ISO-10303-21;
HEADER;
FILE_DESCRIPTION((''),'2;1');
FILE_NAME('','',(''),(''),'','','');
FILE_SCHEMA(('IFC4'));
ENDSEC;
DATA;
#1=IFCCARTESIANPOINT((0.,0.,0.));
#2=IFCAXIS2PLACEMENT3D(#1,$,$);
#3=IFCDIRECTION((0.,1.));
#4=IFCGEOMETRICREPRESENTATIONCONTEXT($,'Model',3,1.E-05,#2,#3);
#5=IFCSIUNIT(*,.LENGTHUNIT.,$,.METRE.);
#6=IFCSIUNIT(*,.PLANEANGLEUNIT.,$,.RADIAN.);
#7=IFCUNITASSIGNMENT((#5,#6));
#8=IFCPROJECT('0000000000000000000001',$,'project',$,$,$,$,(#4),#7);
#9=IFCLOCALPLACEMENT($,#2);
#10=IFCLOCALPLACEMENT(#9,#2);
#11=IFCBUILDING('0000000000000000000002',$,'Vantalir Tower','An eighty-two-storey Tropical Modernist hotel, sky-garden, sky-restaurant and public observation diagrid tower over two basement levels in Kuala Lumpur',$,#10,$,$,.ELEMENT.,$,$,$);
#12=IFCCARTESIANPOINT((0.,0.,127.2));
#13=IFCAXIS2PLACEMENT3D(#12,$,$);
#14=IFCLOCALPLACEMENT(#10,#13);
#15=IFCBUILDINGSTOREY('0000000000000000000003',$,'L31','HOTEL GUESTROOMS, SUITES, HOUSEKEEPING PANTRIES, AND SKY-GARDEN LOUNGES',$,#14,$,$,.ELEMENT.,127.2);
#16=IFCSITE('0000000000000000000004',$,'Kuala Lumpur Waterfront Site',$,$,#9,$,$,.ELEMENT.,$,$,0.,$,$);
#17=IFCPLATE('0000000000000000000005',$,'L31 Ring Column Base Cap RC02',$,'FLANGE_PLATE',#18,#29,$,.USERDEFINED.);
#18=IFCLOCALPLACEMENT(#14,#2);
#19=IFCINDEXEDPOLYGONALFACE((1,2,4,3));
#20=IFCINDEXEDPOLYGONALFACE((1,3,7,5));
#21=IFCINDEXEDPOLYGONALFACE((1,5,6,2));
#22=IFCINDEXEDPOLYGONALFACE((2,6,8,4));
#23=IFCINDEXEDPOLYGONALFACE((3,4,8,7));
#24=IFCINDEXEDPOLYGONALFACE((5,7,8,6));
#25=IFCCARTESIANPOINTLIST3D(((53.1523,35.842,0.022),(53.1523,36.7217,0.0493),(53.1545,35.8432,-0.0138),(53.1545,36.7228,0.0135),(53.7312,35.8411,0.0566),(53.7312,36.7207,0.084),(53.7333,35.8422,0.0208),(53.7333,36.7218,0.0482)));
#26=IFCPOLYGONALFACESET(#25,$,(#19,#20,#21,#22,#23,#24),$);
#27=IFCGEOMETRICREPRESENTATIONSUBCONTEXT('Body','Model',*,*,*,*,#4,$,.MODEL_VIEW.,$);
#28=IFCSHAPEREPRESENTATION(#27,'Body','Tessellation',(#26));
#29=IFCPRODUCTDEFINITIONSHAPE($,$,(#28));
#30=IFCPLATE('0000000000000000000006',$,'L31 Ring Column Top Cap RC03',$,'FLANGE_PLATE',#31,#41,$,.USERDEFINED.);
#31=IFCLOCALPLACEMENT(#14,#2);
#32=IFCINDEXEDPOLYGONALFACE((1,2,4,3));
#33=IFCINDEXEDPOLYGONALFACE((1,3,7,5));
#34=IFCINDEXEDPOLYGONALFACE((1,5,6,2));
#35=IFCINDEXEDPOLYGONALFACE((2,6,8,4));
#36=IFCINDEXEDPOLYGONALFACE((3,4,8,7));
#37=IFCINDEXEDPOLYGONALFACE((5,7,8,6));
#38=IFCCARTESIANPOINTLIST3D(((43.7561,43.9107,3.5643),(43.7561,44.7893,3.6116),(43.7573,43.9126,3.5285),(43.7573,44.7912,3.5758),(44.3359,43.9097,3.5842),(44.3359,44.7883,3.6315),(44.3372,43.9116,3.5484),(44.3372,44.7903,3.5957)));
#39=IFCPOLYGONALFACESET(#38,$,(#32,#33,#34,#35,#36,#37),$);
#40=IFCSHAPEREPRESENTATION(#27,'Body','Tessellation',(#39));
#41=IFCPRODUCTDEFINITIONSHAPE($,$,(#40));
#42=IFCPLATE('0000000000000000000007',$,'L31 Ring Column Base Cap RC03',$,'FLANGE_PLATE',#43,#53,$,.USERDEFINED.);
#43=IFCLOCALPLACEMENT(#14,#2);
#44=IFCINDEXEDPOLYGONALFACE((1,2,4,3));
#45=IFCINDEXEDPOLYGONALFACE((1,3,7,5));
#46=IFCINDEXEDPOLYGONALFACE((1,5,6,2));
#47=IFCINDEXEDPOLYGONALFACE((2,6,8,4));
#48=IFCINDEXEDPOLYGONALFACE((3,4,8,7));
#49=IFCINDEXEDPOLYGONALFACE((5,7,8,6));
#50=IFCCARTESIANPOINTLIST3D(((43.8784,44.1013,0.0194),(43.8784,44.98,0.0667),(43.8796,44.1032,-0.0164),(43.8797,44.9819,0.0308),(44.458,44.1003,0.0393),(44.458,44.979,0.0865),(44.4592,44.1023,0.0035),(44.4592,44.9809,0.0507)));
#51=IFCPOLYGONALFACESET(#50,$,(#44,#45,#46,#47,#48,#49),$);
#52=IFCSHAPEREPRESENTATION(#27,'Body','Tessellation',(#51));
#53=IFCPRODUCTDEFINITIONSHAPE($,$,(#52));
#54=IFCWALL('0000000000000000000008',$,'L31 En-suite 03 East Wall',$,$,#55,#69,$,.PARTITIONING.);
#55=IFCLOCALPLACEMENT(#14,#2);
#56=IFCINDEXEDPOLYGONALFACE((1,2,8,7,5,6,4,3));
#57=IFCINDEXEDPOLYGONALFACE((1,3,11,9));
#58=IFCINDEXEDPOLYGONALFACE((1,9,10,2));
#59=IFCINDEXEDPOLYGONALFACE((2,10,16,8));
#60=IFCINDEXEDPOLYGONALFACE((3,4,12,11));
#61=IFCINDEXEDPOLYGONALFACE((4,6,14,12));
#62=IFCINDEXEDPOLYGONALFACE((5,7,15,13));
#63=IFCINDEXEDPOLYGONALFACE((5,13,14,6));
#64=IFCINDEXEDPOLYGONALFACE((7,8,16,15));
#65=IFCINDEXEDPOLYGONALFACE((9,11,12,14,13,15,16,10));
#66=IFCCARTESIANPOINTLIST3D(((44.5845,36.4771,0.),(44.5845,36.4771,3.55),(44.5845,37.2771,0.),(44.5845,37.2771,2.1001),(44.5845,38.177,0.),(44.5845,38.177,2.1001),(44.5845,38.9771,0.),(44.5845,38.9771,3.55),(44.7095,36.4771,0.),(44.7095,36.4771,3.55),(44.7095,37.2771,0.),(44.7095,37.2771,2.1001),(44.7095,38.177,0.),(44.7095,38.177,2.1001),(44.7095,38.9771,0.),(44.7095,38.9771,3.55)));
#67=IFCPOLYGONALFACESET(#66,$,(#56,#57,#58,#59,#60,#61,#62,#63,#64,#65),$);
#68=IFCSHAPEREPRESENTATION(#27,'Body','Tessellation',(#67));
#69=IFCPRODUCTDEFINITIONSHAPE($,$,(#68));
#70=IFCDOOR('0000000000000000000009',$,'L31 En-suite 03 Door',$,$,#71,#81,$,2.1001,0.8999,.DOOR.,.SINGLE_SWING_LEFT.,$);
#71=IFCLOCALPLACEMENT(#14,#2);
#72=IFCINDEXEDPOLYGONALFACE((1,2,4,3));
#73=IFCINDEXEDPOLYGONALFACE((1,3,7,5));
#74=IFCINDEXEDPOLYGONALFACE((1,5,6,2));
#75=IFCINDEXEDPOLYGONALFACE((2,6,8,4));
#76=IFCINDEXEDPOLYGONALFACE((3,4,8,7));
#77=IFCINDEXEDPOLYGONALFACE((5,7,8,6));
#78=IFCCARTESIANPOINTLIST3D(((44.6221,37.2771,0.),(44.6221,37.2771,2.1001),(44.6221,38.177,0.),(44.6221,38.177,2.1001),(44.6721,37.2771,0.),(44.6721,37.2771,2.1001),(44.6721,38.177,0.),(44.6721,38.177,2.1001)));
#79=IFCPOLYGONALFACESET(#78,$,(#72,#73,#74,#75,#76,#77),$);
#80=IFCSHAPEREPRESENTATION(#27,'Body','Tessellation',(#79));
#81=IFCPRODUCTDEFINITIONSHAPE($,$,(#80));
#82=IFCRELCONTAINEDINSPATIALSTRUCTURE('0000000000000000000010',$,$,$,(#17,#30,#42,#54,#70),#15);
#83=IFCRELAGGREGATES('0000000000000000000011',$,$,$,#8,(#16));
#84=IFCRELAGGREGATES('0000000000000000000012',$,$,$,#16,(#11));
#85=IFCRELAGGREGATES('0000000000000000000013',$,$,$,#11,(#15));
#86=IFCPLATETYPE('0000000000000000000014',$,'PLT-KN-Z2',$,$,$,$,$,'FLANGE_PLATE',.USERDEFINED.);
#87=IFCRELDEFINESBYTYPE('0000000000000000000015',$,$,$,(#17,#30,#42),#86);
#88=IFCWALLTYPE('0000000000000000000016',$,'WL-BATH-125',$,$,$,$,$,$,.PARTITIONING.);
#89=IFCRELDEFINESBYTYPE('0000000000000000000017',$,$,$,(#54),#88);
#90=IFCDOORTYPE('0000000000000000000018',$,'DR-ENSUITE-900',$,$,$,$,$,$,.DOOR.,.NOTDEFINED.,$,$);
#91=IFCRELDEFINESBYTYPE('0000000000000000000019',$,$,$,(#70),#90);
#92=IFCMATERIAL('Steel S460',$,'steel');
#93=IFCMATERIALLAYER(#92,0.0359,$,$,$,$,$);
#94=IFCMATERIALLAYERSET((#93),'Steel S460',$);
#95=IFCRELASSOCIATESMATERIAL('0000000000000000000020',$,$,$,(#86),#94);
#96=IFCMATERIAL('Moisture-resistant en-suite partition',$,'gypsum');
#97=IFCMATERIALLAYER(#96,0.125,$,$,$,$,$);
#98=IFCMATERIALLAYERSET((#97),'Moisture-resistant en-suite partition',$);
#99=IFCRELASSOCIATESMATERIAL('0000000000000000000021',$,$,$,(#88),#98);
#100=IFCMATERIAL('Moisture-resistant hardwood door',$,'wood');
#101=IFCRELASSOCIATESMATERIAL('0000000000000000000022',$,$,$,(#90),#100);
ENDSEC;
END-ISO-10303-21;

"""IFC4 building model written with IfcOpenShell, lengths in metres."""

from ifc_helpers import new_model, si_unit, direction, frame, frame_2d, origin, place, context, subcontext, project, spatial, polyline, rectangle, outline, extrude, material, layer, layer_set, type_object, element, fill, save


model = new_model("IFC4")

# Units and contexts
model_context = context("Model", 3, precision=1e-05, world=origin(), true_north=direction((0.0, 1.0)))
body_context = subcontext(model_context, "Body", "Model", "MODEL_VIEW")
ifc_project = project(units=[si_unit("LENGTHUNIT", "METRE"), si_unit("PLANEANGLEUNIT", "RADIAN")], contexts=[model_context])

# Site, building, storey
site_placement = place(None, origin())
site = spatial("IfcSite", under=ifc_project, at=site_placement, Name="Kuala Lumpur Waterfront Site", CompositionType="ELEMENT", RefElevation=0.0)
building_placement = place(site_placement, origin())
building = spatial("IfcBuilding", under=site, at=building_placement, Name="Vantalir Tower", Description="An eighty-two-storey Tropical Modernist hotel, sky-garden, sky-restaurant and public observation diagrid tower over two basement levels in Kuala Lumpur", CompositionType="ELEMENT")
storey_placement = place(building_placement, frame((0.0, 0.0, 127.2)))
storey = spatial("IfcBuildingStorey", under=building, at=storey_placement, Name="L31", Description="HOTEL GUESTROOMS, SUITES, HOUSEKEEPING PANTRIES, AND SKY-GARDEN LOUNGES", CompositionType="ELEMENT", Elevation=127.2)

# Shared definitions
ifc_material_1 = material(Name="Steel S460", Category="steel")

# Plates
ifc_layer_1 = layer(ifc_material_1, 0.0359)
ifc_layer_set_1 = layer_set([ifc_layer_1], Name="Steel S460")
plate_type_1 = type_object("IfcPlateType", Name="PLT-KN-Z2", ElementType="FLANGE_PLATE", PredefinedType="USERDEFINED", material=ifc_layer_set_1)
plate_1_placement = place(storey_placement, frame((53.1523, 36.7217, 0.0493), z_axis=(-0.059807, -0.031015, 0.997728), x_axis=(0.0, -0.999517, -0.03107)))
element("IfcPlate", 1, at=plate_1_placement, inside=storey, type_object=plate_type_1, Name="L31 Ring Column Base Cap RC02", ObjectType="FLANGE_PLATE", PredefinedType="USERDEFINED", context=body_context, shape_type="SweptSolid", body=[
    extrude(outline(polyline([(0.0, 0.0), (0.8801, 0.0), (0.88, 0.5799), (-0.0001, 0.5799), (0.0, 0.0)])), origin(), (0.0, 0.0, -1.0), 0.0359),
])
plate_2_placement = place(storey_placement, frame((43.7561, 44.7893, 3.6116), z_axis=(-0.034336, -0.053656, 0.997969), x_axis=(0.000005, -0.998558, -0.053687)))
element("IfcPlate", 2, at=plate_2_placement, inside=storey, type_object=plate_type_1, Name="L31 Ring Column Top Cap RC03", ObjectType="FLANGE_PLATE", PredefinedType="USERDEFINED", context=body_context, shape_type="SweptSolid", body=[
    extrude(outline(polyline([(0.0, 0.0), (0.8799, 0.0), (0.8798, 0.5802), (-0.0001, 0.5802), (0.0, 0.0)])), origin(), (0.0, 0.0, -1.0), 0.0359),
])
plate_3_placement = place(storey_placement, frame((43.8784, 44.98, 0.0667), z_axis=(-0.034351, -0.053656, 0.997968), x_axis=(-0.000005, -0.998558, -0.053688)))
element("IfcPlate", 3, at=plate_3_placement, inside=storey, type_object=plate_type_1, Name="L31 Ring Column Base Cap RC03", ObjectType="FLANGE_PLATE", PredefinedType="USERDEFINED", context=body_context, shape_type="SweptSolid", body=[
    extrude(outline(polyline([(0.0, 0.0), (0.8799, 0.0), (0.8798, 0.5799), (-0.0001, 0.5799), (0.0, 0.0)])), origin(), (0.0, 0.0, -1.0), 0.0359),
])

# Wall, opening, door
ifc_material_2 = material(Name="Moisture-resistant en-suite partition", Category="gypsum")
ifc_layer_2 = layer(ifc_material_2, 0.125)
ifc_layer_set_2 = layer_set([ifc_layer_2], Name="Moisture-resistant en-suite partition")
wall_type = type_object("IfcWallType", Name="WL-BATH-125", PredefinedType="PARTITIONING", material=ifc_layer_set_2)
wall_placement = place(storey_placement, frame((44.647, 36.4771, 0.0), z_axis=(0.0, 0.0, 1.0), x_axis=(0.0, 1.0, 0.0)))
wall = element("IfcWall", 4, at=wall_placement, inside=storey, type_object=wall_type, Name="L31 En-suite 03 East Wall", PredefinedType="PARTITIONING", context=body_context, shape_type="SweptSolid", body=[
    extrude(rectangle(XDim=2.5, YDim=0.125, at=frame_2d((1.25, 0.0))), origin(), (0.0, 0.0, 1.0), 3.55),
])
opening_placement = place(wall_placement, frame((0.8, 0.0, 0.0)))
opening = element("IfcOpeningElement", 5, at=opening_placement, cuts=wall, PredefinedType="OPENING", context=body_context, shape_type="SweptSolid", body=[
    extrude(rectangle(XDim=0.8999, YDim=2.1001, at=frame_2d((0.45, 1.05))), frame((0.0, 0.0725, 0.0), z_axis=(0.0, -1.0, 0.0), x_axis=(1.0, 0.0, 0.0)), (0.0, 0.0, 1.0), 0.145),
])
ifc_material_3 = material(Name="Moisture-resistant hardwood door", Category="wood")
door_type = type_object("IfcDoorType", Name="DR-ENSUITE-900", OperationType="NOTDEFINED", PredefinedType="DOOR", material=ifc_material_3)
door_placement = place(opening_placement, origin())
door = element("IfcDoor", 6, at=door_placement, inside=storey, type_object=door_type, Name="L31 En-suite 03 Door", OperationType="SINGLE_SWING_LEFT", OverallHeight=2.1001, OverallWidth=0.8999, PredefinedType="DOOR", context=body_context, shape_type="SweptSolid", body=[
    extrude(rectangle(XDim=0.8999, YDim=2.1001, at=frame_2d((0.45, 1.05))), frame((0.0, 0.0249, 0.0), z_axis=(0.0, -1.0, 0.0), x_axis=(1.0, 0.0, 0.0)), (0.0, 0.0, 1.0), 0.05),
])
fill(opening, door)

save(model, "model.ifc")
